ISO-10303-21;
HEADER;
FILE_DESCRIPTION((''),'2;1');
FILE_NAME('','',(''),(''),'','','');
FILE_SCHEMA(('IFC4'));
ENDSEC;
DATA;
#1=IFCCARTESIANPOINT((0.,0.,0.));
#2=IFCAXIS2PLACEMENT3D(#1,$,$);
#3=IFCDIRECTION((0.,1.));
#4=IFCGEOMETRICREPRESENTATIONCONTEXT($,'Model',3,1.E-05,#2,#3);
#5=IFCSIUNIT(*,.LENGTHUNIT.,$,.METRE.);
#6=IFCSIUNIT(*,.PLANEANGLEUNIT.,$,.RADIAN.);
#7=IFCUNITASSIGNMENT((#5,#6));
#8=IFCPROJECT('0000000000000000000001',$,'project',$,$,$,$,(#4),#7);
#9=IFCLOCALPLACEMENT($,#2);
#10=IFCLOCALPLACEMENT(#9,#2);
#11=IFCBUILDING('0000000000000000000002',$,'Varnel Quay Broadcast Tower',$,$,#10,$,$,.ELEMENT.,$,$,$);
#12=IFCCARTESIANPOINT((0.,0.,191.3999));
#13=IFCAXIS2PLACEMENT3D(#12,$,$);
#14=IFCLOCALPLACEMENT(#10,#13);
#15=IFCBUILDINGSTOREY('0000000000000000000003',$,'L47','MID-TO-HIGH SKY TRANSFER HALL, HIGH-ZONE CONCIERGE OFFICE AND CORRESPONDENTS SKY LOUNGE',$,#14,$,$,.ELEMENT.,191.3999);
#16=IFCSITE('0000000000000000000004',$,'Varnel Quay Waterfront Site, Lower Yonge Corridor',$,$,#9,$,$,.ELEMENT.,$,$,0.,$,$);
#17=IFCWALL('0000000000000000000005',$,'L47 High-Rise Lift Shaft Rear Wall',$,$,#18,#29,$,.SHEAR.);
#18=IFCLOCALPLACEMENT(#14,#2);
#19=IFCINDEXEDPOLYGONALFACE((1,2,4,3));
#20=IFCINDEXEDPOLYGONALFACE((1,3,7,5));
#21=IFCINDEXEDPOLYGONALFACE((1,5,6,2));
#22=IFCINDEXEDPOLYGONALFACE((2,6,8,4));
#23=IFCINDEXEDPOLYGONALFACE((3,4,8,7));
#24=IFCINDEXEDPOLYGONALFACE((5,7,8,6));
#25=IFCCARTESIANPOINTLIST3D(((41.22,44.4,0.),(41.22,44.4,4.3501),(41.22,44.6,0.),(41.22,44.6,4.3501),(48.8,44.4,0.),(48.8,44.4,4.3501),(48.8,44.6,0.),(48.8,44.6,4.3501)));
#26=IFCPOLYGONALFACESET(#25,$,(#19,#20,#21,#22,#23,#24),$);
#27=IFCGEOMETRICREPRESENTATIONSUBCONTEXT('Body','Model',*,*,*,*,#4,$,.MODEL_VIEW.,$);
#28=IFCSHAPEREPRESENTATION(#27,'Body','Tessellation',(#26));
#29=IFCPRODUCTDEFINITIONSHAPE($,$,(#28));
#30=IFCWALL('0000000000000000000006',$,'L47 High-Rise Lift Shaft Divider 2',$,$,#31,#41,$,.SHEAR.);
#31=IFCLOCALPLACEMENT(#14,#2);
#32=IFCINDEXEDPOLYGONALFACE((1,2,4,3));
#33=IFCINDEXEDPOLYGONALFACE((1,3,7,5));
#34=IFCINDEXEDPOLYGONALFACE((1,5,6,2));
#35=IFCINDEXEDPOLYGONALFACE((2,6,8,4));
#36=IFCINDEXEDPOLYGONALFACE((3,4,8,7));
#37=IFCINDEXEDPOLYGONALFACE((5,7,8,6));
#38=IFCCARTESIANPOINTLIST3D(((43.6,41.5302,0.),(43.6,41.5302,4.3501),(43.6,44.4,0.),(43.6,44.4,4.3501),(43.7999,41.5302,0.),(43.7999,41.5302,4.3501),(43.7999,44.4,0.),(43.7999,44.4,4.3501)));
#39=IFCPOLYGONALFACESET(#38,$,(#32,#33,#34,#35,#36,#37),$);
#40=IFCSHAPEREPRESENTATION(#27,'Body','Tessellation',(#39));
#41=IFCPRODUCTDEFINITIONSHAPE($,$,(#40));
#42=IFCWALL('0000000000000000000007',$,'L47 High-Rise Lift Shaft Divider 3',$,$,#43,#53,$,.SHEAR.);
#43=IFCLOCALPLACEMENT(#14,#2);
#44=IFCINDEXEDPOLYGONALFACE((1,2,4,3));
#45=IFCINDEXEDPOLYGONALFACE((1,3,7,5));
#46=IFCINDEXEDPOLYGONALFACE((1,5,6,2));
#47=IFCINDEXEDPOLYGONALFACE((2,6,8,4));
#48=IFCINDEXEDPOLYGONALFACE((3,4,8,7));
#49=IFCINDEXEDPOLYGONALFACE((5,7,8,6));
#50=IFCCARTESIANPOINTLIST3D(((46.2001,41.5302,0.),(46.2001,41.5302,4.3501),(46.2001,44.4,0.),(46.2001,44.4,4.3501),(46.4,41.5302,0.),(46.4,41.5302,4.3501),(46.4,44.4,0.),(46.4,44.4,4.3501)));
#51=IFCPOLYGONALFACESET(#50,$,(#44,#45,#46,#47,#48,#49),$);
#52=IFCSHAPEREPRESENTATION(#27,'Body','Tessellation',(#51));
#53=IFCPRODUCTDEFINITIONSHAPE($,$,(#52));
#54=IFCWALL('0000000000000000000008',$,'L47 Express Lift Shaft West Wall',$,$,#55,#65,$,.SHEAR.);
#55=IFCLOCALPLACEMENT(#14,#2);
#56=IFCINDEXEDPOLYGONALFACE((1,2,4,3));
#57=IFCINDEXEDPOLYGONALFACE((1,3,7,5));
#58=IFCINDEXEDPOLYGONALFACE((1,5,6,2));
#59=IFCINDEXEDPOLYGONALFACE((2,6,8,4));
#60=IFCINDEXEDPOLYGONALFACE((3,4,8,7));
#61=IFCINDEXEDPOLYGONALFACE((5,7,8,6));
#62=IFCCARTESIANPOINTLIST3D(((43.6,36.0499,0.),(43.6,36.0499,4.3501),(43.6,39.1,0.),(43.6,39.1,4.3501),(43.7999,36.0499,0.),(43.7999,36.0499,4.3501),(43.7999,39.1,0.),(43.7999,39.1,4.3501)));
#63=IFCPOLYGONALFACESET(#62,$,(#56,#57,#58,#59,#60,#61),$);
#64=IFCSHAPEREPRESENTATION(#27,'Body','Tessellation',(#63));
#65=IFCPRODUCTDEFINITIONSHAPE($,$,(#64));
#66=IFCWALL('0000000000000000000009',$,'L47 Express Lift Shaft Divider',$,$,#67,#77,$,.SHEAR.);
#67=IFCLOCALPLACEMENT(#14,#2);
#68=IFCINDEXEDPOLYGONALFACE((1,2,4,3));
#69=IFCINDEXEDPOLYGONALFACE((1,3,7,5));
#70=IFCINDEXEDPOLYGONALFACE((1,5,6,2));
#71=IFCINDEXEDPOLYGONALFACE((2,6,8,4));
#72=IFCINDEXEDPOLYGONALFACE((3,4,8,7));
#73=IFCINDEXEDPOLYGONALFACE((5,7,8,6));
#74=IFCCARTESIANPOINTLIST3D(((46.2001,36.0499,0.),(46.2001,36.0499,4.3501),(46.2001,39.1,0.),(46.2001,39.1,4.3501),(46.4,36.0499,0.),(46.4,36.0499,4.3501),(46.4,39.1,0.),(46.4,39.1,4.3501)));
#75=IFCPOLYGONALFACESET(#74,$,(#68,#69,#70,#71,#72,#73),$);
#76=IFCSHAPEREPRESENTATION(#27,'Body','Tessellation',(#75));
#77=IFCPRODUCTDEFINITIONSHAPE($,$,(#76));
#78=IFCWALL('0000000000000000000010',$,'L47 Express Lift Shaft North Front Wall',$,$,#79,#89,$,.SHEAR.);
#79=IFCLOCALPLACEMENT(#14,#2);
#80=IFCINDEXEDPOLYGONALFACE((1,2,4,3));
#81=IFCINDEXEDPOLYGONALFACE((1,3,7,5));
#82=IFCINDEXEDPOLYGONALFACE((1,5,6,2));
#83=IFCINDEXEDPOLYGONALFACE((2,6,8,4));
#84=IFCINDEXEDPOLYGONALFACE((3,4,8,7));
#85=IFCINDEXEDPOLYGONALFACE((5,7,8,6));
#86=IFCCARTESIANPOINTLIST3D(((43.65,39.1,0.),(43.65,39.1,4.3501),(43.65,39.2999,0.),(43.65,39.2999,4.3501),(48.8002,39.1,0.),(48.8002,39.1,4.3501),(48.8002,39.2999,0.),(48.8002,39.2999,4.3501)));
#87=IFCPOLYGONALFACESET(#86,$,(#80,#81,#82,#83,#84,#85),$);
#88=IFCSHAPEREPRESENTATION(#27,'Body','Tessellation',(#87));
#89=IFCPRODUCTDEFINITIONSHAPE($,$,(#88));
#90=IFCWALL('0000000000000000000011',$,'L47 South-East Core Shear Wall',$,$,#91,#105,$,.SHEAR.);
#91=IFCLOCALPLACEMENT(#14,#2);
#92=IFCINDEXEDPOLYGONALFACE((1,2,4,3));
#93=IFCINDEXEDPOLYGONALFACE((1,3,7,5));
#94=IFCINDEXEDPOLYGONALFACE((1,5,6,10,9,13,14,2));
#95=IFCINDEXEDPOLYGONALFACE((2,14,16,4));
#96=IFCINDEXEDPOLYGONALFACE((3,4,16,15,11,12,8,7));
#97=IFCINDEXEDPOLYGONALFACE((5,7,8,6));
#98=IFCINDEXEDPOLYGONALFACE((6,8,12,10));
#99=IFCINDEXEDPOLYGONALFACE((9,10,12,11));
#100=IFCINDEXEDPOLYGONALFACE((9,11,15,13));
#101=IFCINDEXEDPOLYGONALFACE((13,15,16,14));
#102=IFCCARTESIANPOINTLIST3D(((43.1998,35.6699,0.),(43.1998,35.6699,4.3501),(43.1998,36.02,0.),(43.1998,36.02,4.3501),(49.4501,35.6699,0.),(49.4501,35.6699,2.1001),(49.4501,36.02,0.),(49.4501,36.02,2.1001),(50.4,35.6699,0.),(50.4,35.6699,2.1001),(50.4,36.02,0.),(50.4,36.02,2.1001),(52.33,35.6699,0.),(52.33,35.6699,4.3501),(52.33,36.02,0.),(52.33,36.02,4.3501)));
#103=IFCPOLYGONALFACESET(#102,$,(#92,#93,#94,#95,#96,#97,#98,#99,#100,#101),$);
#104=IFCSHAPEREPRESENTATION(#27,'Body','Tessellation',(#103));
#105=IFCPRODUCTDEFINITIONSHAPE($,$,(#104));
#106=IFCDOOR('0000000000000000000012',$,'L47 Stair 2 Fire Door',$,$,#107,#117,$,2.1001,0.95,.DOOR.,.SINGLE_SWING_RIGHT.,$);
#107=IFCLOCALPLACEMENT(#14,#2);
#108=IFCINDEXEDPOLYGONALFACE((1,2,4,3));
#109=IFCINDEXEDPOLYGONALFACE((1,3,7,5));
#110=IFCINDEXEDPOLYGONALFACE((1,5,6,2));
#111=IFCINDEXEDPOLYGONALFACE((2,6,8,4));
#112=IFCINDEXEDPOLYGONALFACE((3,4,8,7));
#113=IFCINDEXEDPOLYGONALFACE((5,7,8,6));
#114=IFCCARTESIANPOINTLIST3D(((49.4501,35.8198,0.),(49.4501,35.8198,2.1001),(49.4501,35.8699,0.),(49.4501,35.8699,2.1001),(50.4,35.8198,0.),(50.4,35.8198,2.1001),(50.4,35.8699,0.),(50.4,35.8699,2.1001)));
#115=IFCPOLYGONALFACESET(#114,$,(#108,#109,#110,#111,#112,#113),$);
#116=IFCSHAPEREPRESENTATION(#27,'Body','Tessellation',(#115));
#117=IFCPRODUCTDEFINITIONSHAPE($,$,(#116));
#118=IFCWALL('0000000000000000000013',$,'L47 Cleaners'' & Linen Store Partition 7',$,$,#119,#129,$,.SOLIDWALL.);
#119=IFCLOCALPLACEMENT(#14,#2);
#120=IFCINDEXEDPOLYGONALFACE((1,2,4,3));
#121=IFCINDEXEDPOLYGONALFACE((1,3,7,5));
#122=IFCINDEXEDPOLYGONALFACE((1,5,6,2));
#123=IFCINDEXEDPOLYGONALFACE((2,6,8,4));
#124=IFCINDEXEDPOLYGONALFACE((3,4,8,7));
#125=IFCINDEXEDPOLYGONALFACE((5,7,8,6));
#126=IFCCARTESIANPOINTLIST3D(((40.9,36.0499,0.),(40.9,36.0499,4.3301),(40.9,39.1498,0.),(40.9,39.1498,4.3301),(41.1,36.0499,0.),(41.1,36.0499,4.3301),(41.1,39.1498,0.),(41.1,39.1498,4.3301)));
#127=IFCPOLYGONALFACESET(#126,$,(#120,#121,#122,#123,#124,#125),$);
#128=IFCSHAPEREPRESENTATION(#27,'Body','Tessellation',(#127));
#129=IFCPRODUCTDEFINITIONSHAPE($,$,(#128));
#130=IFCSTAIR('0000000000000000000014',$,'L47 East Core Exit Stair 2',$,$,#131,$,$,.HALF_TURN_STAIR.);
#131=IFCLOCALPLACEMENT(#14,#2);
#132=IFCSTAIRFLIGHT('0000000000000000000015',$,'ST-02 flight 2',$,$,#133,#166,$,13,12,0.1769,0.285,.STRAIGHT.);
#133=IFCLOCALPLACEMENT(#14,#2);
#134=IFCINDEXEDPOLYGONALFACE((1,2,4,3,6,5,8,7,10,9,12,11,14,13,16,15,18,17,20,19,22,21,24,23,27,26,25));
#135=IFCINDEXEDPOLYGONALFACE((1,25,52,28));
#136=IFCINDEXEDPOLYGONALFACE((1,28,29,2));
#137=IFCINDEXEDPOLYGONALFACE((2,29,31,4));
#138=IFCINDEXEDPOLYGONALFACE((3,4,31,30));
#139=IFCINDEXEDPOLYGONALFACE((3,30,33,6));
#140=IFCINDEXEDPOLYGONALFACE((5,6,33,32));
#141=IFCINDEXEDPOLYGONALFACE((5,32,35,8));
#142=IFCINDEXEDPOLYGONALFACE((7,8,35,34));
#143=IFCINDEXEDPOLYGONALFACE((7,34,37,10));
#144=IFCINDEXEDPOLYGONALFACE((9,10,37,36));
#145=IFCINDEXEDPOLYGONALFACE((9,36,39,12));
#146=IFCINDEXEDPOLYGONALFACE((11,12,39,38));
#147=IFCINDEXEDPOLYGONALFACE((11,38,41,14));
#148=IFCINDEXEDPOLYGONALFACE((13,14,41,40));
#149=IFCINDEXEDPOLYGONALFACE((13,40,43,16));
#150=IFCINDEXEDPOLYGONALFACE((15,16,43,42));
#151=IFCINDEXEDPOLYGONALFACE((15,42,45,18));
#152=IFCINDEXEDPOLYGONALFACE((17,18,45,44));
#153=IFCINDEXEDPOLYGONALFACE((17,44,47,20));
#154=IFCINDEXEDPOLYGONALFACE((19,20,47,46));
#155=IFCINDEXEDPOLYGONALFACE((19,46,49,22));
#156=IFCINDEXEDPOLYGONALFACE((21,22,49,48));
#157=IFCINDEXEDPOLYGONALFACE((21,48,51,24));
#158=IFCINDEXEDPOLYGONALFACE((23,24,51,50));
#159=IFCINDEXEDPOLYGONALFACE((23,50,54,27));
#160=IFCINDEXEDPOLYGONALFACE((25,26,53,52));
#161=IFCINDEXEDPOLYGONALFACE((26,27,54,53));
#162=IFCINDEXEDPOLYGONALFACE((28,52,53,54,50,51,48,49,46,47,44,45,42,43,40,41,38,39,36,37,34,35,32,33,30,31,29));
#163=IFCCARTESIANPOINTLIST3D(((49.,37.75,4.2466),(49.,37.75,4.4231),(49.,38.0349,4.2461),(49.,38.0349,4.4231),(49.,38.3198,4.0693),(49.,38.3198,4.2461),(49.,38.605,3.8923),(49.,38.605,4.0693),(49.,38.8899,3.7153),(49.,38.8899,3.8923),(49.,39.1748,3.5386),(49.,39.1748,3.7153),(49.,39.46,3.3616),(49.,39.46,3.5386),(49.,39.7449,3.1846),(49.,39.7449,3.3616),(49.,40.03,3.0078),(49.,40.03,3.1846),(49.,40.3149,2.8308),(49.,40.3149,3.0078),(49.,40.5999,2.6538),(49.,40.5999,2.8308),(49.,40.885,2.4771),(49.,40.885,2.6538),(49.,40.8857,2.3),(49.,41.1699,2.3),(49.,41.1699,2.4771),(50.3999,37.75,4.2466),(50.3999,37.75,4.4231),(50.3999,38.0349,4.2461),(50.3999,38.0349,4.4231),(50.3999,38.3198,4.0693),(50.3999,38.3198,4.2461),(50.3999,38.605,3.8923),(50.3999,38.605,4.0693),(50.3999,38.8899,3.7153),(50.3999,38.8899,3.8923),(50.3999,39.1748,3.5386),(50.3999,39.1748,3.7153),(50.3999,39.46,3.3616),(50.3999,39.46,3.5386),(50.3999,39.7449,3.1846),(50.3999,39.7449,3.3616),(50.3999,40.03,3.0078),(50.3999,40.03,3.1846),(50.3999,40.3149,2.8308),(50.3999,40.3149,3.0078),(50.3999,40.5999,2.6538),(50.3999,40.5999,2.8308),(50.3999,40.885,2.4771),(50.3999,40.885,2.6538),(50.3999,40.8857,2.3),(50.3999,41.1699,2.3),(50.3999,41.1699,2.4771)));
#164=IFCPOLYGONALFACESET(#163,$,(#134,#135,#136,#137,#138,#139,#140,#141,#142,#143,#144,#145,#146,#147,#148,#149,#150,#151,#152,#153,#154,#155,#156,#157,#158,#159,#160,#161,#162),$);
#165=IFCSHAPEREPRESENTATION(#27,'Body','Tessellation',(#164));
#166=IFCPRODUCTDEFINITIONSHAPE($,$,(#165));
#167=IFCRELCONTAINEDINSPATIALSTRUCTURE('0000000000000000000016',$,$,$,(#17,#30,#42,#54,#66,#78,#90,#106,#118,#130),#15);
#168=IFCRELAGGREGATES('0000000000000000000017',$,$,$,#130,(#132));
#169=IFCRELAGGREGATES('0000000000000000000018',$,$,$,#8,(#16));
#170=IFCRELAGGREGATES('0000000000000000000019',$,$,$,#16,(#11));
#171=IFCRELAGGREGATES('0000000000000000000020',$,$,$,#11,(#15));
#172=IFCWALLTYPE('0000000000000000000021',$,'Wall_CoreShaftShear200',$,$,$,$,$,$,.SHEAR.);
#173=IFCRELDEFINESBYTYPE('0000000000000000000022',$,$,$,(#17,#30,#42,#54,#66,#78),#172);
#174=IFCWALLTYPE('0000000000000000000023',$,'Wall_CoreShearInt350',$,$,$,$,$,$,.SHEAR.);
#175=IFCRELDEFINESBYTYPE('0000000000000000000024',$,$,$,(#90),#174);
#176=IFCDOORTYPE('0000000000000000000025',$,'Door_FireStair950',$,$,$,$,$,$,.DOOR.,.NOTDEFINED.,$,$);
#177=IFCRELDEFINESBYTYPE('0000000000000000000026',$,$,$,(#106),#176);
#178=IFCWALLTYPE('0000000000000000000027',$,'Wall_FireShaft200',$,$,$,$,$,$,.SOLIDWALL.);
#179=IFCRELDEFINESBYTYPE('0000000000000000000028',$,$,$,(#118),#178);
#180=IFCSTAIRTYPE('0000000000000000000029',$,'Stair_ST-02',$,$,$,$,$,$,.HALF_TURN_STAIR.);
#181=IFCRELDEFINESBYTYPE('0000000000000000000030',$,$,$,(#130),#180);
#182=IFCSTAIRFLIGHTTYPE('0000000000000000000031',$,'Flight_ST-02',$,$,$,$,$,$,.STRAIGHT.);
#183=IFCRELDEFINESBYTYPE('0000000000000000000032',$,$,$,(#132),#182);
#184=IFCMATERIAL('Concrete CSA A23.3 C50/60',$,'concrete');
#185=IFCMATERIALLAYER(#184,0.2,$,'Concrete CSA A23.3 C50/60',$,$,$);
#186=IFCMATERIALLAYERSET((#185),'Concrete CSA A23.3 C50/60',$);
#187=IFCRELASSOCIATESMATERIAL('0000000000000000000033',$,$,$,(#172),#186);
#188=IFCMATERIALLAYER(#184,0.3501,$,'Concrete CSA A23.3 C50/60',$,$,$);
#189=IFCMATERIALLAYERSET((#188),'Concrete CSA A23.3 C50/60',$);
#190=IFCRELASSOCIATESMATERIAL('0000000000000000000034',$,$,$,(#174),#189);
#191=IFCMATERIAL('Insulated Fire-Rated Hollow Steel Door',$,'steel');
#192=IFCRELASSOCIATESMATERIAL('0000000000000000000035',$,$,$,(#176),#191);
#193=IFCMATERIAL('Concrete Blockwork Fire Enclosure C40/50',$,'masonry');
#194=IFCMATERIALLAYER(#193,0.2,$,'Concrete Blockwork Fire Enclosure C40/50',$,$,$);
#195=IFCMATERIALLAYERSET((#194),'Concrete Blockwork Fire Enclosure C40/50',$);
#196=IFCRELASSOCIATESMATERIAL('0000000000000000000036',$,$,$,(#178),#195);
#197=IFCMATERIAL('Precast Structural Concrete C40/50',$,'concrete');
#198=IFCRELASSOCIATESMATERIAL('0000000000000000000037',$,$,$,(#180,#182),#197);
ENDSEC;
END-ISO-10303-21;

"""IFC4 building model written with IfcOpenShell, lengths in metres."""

from ifc_helpers import new_model, si_unit, direction, frame, frame_2d, origin, place, context, subcontext, project, spatial, polyline, rectangle, outline, extrude, source, transform, mapped, material, layer, layer_set, type_object, type_shapes, element, fill, aggregate, save


model = new_model("IFC4")

# Units and contexts
model_context = context("Model", 3, precision=1e-05, world=origin(), true_north=direction((0.0, 1.0)))
body_context = subcontext(model_context, "Body", "Model", "MODEL_VIEW")
ifc_project = project(units=[si_unit("LENGTHUNIT", "METRE"), si_unit("PLANEANGLEUNIT", "RADIAN")], contexts=[model_context])

# Site, building, storey
site_placement = place(None, origin())
site = spatial("IfcSite", under=ifc_project, at=site_placement, Name="Varnel Quay Waterfront Site, Lower Yonge Corridor", CompositionType="ELEMENT", RefElevation=0.0)
building_placement = place(site_placement, origin())
building = spatial("IfcBuilding", under=site, at=building_placement, Name="Varnel Quay Broadcast Tower", CompositionType="ELEMENT")
storey_placement = place(building_placement, frame((0.0, 0.0, 191.3999)))
storey = spatial("IfcBuildingStorey", under=building, at=storey_placement, Name="L47", Description="MID-TO-HIGH SKY TRANSFER HALL, HIGH-ZONE CONCIERGE OFFICE AND CORRESPONDENTS SKY LOUNGE", CompositionType="ELEMENT", Elevation=191.3999)

# Walls
ifc_material_1 = material(Name="Concrete CSA A23.3 C50/60", Category="concrete")
ifc_layer_1 = layer(ifc_material_1, 0.2, Name="Concrete CSA A23.3 C50/60")
ifc_layer_set_1 = layer_set([ifc_layer_1], Name="Concrete CSA A23.3 C50/60")
wall_type_1 = type_object("IfcWallType", Name="Wall_CoreShaftShear200", PredefinedType="SHEAR", material=ifc_layer_set_1)
wall_1_placement = place(storey_placement, frame((41.22, 44.5, 0.0), z_axis=(0.0, 0.0, 1.0), x_axis=(1.0, 0.0, 0.0)))
element("IfcWall", 1, at=wall_1_placement, inside=storey, type_object=wall_type_1, Name="L47 High-Rise Lift Shaft Rear Wall", PredefinedType="SHEAR", context=body_context, shape_type="SweptSolid", body=[
    extrude(rectangle(XDim=7.5801, YDim=0.2, at=frame_2d((3.79, 0.0))), origin(), (0.0, 0.0, 1.0), 4.3501),
])
for number, where, z_axis, x_axis, name in (
    (2, (43.7, 41.53, 0.0), (0.0, 0.0, 1.0), (0.0, 1.0, 0.0), "L47 High-Rise Lift Shaft Divider 2"),
    (3, (46.3, 41.53, 0.0), (0.0, 0.0, 1.0), (0.0, 1.0, 0.0), "L47 High-Rise Lift Shaft Divider 3"),
):
    element("IfcWall", number, at=place(storey_placement, frame(where, z_axis=z_axis, x_axis=x_axis)), inside=storey, type_object=wall_type_1, Name=name, PredefinedType="SHEAR", context=body_context, shape_type="SweptSolid", body=[
        extrude(rectangle(XDim=2.8699, YDim=0.2, at=frame_2d((1.4351, 0.0))), origin(), (0.0, 0.0, 1.0), 4.3501),
    ])
for number, where, z_axis, x_axis, name in (
    (4, (43.7, 36.05, 0.0), (0.0, 0.0, 1.0), (0.0, 1.0, 0.0), "L47 Express Lift Shaft West Wall"),
    (5, (46.3, 36.05, 0.0), (0.0, 0.0, 1.0), (0.0, 1.0, 0.0), "L47 Express Lift Shaft Divider"),
):
    element("IfcWall", number, at=place(storey_placement, frame(where, z_axis=z_axis, x_axis=x_axis)), inside=storey, type_object=wall_type_1, Name=name, PredefinedType="SHEAR", context=body_context, shape_type="SweptSolid", body=[
        extrude(rectangle(XDim=3.05, YDim=0.2, at=frame_2d((1.5249, 0.0))), origin(), (0.0, 0.0, 1.0), 4.3501),
    ])
wall_2_placement = place(storey_placement, frame((43.6499, 39.2, 0.0), z_axis=(0.0, 0.0, 1.0), x_axis=(1.0, 0.0, 0.0)))
element("IfcWall", 6, at=wall_2_placement, inside=storey, type_object=wall_type_1, Name="L47 Express Lift Shaft North Front Wall", PredefinedType="SHEAR", context=body_context, shape_type="SweptSolid", body=[
    extrude(rectangle(XDim=5.1501, YDim=0.2, at=frame_2d((2.5752, 0.0))), origin(), (0.0, 0.0, 1.0), 4.3501),
])

# Wall, opening, door
ifc_layer_2 = layer(ifc_material_1, 0.3501, Name="Concrete CSA A23.3 C50/60")
ifc_layer_set_2 = layer_set([ifc_layer_2], Name="Concrete CSA A23.3 C50/60")
wall_type_2 = type_object("IfcWallType", Name="Wall_CoreShearInt350", PredefinedType="SHEAR", material=ifc_layer_set_2)
wall_3_placement = place(storey_placement, frame((43.2, 35.845, 0.0), z_axis=(0.0, 0.0, 1.0), x_axis=(1.0, 0.0, 0.0)))
wall_3 = element("IfcWall", 7, at=wall_3_placement, inside=storey, type_object=wall_type_2, Name="L47 South-East Core Shear Wall", PredefinedType="SHEAR", context=body_context, shape_type="SweptSolid", body=[
    extrude(rectangle(XDim=9.1301, YDim=0.3501, at=frame_2d((4.5649, 0.0))), origin(), (0.0, 0.0, 1.0), 4.3501),
])
opening_placement = place(wall_3_placement, frame((6.25, 0.0, 0.0)))
opening = element("IfcOpeningElement", 8, at=opening_placement, cuts=wall_3, PredefinedType="OPENING", context=body_context, shape_type="SweptSolid", body=[
    extrude(rectangle(XDim=0.95, YDim=2.1001, at=frame_2d((0.4751, 1.05))), frame((0.0, 0.1851, 0.0), z_axis=(0.0, -1.0, 0.0), x_axis=(1.0, 0.0, 0.0)), (0.0, 0.0, 1.0), 0.3701),
])
ifc_material_2 = material(Name="Insulated Fire-Rated Hollow Steel Door", Category="steel")
door_type = type_object("IfcDoorType", Name="Door_FireStair950", OperationType="NOTDEFINED", PredefinedType="DOOR", material=ifc_material_2)
shared_shape_1 = source(origin(), body_context, "Body", "SweptSolid", [
    extrude(rectangle(XDim=0.95, YDim=2.1001, at=frame_2d((0.4751, 1.05))), frame((0.0, 0.0249, 0.0), z_axis=(0.0, -1.0, 0.0), x_axis=(1.0, 0.0, 0.0)), (0.0, 0.0, 1.0), 0.05),
])
type_shapes(door_type, [shared_shape_1])
door_placement = place(opening_placement, origin())
door = element("IfcDoor", 9, at=door_placement, inside=storey, type_object=door_type, Name="L47 Stair 2 Fire Door", OperationType="SINGLE_SWING_RIGHT", OverallHeight=2.1001, OverallWidth=0.95, PredefinedType="DOOR", context=body_context, shape_type="MappedRepresentation", body=[
    mapped(shared_shape_1, transform((0.0, 0.0, 0.0), x_axis=(1.0, 0.0, 0.0), y_axis=(0.0, 1.0, 0.0), z_axis=(0.0, 0.0, 1.0), scale=1.0)),
])
fill(opening, door)

# Wall
ifc_material_3 = material(Name="Concrete Blockwork Fire Enclosure C40/50", Category="masonry")
ifc_layer_3 = layer(ifc_material_3, 0.2, Name="Concrete Blockwork Fire Enclosure C40/50")
ifc_layer_set_3 = layer_set([ifc_layer_3], Name="Concrete Blockwork Fire Enclosure C40/50")
wall_type_3 = type_object("IfcWallType", Name="Wall_FireShaft200", PredefinedType="SOLIDWALL", material=ifc_layer_set_3)
wall_4_placement = place(storey_placement, frame((41.0, 36.05, 0.0), z_axis=(0.0, 0.0, 1.0), x_axis=(0.0, 1.0, 0.0)))
element("IfcWall", 10, at=wall_4_placement, inside=storey, type_object=wall_type_3, Name="L47 Cleaners' & Linen Store Partition 7", PredefinedType="SOLIDWALL", context=body_context, shape_type="SweptSolid", body=[
    extrude(rectangle(XDim=3.0999, YDim=0.2, at=frame_2d((1.5498, 0.0))), origin(), (0.0, 0.0, 1.0), 4.3301),
])

# Stair, stair flight
ifc_material_4 = material(Name="Precast Structural Concrete C40/50", Category="concrete")
stair_type = type_object("IfcStairType", Name="Stair_ST-02", PredefinedType="HALF_TURN_STAIR", material=ifc_material_4)
stair_placement = place(storey_placement, origin())
stair = element("IfcStair", 11, at=stair_placement, inside=storey, type_object=stair_type, Name="L47 East Core Exit Stair 2", PredefinedType="HALF_TURN_STAIR")
stair_flight_type = type_object("IfcStairFlightType", Name="Flight_ST-02", PredefinedType="STRAIGHT", material=ifc_material_4)
stair_flight_placement = place(storey_placement, frame((49.7, 41.1699, 2.3), z_axis=(0.0, 0.0, 1.0), x_axis=(0.0, -1.0, 0.0)))
stair_flight = element("IfcStairFlight", 12, at=stair_flight_placement, type_object=stair_flight_type, Name="ST-02 flight 2", NumberOfRisers=13, NumberOfTreads=12, PredefinedType="STRAIGHT", RiserHeight=0.1769, TreadLength=0.285, context=body_context, shape_type="SweptSolid", body=[
    extrude(outline(polyline([(0.0, 0.0), (0.0, 0.177), (0.2849, 0.177), (0.2849, 0.3538), (0.5701, 0.3538), (0.5701, 0.5308), (0.855, 0.5308), (0.855, 0.7078), (1.1399, 0.7078), (1.1399, 0.8845), (1.425, 0.8845), (1.425, 1.0615), (1.71, 1.0615), (1.71, 1.2385), (1.9951, 1.2385), (1.9951, 1.4153), (2.28, 1.4153), (2.28, 1.5923), (2.5649, 1.5923), (2.5649, 1.7693), (2.8501, 1.7693), (2.8501, 1.946), (3.135, 1.946), (3.135, 2.123), (3.4199, 2.123), (3.4199, 2.3), (3.4199, 1.9465), (0.2842, 0.0), (0.0, 0.0)])), frame((0.0, 0.7, 0.0), z_axis=(0.0, -1.0, 0.0), x_axis=(1.0, 0.0, 0.0)), (0.0, 0.0, 1.0), 1.3999),
])
aggregate(stair, [stair_flight])

save(model, "model.ifc")
